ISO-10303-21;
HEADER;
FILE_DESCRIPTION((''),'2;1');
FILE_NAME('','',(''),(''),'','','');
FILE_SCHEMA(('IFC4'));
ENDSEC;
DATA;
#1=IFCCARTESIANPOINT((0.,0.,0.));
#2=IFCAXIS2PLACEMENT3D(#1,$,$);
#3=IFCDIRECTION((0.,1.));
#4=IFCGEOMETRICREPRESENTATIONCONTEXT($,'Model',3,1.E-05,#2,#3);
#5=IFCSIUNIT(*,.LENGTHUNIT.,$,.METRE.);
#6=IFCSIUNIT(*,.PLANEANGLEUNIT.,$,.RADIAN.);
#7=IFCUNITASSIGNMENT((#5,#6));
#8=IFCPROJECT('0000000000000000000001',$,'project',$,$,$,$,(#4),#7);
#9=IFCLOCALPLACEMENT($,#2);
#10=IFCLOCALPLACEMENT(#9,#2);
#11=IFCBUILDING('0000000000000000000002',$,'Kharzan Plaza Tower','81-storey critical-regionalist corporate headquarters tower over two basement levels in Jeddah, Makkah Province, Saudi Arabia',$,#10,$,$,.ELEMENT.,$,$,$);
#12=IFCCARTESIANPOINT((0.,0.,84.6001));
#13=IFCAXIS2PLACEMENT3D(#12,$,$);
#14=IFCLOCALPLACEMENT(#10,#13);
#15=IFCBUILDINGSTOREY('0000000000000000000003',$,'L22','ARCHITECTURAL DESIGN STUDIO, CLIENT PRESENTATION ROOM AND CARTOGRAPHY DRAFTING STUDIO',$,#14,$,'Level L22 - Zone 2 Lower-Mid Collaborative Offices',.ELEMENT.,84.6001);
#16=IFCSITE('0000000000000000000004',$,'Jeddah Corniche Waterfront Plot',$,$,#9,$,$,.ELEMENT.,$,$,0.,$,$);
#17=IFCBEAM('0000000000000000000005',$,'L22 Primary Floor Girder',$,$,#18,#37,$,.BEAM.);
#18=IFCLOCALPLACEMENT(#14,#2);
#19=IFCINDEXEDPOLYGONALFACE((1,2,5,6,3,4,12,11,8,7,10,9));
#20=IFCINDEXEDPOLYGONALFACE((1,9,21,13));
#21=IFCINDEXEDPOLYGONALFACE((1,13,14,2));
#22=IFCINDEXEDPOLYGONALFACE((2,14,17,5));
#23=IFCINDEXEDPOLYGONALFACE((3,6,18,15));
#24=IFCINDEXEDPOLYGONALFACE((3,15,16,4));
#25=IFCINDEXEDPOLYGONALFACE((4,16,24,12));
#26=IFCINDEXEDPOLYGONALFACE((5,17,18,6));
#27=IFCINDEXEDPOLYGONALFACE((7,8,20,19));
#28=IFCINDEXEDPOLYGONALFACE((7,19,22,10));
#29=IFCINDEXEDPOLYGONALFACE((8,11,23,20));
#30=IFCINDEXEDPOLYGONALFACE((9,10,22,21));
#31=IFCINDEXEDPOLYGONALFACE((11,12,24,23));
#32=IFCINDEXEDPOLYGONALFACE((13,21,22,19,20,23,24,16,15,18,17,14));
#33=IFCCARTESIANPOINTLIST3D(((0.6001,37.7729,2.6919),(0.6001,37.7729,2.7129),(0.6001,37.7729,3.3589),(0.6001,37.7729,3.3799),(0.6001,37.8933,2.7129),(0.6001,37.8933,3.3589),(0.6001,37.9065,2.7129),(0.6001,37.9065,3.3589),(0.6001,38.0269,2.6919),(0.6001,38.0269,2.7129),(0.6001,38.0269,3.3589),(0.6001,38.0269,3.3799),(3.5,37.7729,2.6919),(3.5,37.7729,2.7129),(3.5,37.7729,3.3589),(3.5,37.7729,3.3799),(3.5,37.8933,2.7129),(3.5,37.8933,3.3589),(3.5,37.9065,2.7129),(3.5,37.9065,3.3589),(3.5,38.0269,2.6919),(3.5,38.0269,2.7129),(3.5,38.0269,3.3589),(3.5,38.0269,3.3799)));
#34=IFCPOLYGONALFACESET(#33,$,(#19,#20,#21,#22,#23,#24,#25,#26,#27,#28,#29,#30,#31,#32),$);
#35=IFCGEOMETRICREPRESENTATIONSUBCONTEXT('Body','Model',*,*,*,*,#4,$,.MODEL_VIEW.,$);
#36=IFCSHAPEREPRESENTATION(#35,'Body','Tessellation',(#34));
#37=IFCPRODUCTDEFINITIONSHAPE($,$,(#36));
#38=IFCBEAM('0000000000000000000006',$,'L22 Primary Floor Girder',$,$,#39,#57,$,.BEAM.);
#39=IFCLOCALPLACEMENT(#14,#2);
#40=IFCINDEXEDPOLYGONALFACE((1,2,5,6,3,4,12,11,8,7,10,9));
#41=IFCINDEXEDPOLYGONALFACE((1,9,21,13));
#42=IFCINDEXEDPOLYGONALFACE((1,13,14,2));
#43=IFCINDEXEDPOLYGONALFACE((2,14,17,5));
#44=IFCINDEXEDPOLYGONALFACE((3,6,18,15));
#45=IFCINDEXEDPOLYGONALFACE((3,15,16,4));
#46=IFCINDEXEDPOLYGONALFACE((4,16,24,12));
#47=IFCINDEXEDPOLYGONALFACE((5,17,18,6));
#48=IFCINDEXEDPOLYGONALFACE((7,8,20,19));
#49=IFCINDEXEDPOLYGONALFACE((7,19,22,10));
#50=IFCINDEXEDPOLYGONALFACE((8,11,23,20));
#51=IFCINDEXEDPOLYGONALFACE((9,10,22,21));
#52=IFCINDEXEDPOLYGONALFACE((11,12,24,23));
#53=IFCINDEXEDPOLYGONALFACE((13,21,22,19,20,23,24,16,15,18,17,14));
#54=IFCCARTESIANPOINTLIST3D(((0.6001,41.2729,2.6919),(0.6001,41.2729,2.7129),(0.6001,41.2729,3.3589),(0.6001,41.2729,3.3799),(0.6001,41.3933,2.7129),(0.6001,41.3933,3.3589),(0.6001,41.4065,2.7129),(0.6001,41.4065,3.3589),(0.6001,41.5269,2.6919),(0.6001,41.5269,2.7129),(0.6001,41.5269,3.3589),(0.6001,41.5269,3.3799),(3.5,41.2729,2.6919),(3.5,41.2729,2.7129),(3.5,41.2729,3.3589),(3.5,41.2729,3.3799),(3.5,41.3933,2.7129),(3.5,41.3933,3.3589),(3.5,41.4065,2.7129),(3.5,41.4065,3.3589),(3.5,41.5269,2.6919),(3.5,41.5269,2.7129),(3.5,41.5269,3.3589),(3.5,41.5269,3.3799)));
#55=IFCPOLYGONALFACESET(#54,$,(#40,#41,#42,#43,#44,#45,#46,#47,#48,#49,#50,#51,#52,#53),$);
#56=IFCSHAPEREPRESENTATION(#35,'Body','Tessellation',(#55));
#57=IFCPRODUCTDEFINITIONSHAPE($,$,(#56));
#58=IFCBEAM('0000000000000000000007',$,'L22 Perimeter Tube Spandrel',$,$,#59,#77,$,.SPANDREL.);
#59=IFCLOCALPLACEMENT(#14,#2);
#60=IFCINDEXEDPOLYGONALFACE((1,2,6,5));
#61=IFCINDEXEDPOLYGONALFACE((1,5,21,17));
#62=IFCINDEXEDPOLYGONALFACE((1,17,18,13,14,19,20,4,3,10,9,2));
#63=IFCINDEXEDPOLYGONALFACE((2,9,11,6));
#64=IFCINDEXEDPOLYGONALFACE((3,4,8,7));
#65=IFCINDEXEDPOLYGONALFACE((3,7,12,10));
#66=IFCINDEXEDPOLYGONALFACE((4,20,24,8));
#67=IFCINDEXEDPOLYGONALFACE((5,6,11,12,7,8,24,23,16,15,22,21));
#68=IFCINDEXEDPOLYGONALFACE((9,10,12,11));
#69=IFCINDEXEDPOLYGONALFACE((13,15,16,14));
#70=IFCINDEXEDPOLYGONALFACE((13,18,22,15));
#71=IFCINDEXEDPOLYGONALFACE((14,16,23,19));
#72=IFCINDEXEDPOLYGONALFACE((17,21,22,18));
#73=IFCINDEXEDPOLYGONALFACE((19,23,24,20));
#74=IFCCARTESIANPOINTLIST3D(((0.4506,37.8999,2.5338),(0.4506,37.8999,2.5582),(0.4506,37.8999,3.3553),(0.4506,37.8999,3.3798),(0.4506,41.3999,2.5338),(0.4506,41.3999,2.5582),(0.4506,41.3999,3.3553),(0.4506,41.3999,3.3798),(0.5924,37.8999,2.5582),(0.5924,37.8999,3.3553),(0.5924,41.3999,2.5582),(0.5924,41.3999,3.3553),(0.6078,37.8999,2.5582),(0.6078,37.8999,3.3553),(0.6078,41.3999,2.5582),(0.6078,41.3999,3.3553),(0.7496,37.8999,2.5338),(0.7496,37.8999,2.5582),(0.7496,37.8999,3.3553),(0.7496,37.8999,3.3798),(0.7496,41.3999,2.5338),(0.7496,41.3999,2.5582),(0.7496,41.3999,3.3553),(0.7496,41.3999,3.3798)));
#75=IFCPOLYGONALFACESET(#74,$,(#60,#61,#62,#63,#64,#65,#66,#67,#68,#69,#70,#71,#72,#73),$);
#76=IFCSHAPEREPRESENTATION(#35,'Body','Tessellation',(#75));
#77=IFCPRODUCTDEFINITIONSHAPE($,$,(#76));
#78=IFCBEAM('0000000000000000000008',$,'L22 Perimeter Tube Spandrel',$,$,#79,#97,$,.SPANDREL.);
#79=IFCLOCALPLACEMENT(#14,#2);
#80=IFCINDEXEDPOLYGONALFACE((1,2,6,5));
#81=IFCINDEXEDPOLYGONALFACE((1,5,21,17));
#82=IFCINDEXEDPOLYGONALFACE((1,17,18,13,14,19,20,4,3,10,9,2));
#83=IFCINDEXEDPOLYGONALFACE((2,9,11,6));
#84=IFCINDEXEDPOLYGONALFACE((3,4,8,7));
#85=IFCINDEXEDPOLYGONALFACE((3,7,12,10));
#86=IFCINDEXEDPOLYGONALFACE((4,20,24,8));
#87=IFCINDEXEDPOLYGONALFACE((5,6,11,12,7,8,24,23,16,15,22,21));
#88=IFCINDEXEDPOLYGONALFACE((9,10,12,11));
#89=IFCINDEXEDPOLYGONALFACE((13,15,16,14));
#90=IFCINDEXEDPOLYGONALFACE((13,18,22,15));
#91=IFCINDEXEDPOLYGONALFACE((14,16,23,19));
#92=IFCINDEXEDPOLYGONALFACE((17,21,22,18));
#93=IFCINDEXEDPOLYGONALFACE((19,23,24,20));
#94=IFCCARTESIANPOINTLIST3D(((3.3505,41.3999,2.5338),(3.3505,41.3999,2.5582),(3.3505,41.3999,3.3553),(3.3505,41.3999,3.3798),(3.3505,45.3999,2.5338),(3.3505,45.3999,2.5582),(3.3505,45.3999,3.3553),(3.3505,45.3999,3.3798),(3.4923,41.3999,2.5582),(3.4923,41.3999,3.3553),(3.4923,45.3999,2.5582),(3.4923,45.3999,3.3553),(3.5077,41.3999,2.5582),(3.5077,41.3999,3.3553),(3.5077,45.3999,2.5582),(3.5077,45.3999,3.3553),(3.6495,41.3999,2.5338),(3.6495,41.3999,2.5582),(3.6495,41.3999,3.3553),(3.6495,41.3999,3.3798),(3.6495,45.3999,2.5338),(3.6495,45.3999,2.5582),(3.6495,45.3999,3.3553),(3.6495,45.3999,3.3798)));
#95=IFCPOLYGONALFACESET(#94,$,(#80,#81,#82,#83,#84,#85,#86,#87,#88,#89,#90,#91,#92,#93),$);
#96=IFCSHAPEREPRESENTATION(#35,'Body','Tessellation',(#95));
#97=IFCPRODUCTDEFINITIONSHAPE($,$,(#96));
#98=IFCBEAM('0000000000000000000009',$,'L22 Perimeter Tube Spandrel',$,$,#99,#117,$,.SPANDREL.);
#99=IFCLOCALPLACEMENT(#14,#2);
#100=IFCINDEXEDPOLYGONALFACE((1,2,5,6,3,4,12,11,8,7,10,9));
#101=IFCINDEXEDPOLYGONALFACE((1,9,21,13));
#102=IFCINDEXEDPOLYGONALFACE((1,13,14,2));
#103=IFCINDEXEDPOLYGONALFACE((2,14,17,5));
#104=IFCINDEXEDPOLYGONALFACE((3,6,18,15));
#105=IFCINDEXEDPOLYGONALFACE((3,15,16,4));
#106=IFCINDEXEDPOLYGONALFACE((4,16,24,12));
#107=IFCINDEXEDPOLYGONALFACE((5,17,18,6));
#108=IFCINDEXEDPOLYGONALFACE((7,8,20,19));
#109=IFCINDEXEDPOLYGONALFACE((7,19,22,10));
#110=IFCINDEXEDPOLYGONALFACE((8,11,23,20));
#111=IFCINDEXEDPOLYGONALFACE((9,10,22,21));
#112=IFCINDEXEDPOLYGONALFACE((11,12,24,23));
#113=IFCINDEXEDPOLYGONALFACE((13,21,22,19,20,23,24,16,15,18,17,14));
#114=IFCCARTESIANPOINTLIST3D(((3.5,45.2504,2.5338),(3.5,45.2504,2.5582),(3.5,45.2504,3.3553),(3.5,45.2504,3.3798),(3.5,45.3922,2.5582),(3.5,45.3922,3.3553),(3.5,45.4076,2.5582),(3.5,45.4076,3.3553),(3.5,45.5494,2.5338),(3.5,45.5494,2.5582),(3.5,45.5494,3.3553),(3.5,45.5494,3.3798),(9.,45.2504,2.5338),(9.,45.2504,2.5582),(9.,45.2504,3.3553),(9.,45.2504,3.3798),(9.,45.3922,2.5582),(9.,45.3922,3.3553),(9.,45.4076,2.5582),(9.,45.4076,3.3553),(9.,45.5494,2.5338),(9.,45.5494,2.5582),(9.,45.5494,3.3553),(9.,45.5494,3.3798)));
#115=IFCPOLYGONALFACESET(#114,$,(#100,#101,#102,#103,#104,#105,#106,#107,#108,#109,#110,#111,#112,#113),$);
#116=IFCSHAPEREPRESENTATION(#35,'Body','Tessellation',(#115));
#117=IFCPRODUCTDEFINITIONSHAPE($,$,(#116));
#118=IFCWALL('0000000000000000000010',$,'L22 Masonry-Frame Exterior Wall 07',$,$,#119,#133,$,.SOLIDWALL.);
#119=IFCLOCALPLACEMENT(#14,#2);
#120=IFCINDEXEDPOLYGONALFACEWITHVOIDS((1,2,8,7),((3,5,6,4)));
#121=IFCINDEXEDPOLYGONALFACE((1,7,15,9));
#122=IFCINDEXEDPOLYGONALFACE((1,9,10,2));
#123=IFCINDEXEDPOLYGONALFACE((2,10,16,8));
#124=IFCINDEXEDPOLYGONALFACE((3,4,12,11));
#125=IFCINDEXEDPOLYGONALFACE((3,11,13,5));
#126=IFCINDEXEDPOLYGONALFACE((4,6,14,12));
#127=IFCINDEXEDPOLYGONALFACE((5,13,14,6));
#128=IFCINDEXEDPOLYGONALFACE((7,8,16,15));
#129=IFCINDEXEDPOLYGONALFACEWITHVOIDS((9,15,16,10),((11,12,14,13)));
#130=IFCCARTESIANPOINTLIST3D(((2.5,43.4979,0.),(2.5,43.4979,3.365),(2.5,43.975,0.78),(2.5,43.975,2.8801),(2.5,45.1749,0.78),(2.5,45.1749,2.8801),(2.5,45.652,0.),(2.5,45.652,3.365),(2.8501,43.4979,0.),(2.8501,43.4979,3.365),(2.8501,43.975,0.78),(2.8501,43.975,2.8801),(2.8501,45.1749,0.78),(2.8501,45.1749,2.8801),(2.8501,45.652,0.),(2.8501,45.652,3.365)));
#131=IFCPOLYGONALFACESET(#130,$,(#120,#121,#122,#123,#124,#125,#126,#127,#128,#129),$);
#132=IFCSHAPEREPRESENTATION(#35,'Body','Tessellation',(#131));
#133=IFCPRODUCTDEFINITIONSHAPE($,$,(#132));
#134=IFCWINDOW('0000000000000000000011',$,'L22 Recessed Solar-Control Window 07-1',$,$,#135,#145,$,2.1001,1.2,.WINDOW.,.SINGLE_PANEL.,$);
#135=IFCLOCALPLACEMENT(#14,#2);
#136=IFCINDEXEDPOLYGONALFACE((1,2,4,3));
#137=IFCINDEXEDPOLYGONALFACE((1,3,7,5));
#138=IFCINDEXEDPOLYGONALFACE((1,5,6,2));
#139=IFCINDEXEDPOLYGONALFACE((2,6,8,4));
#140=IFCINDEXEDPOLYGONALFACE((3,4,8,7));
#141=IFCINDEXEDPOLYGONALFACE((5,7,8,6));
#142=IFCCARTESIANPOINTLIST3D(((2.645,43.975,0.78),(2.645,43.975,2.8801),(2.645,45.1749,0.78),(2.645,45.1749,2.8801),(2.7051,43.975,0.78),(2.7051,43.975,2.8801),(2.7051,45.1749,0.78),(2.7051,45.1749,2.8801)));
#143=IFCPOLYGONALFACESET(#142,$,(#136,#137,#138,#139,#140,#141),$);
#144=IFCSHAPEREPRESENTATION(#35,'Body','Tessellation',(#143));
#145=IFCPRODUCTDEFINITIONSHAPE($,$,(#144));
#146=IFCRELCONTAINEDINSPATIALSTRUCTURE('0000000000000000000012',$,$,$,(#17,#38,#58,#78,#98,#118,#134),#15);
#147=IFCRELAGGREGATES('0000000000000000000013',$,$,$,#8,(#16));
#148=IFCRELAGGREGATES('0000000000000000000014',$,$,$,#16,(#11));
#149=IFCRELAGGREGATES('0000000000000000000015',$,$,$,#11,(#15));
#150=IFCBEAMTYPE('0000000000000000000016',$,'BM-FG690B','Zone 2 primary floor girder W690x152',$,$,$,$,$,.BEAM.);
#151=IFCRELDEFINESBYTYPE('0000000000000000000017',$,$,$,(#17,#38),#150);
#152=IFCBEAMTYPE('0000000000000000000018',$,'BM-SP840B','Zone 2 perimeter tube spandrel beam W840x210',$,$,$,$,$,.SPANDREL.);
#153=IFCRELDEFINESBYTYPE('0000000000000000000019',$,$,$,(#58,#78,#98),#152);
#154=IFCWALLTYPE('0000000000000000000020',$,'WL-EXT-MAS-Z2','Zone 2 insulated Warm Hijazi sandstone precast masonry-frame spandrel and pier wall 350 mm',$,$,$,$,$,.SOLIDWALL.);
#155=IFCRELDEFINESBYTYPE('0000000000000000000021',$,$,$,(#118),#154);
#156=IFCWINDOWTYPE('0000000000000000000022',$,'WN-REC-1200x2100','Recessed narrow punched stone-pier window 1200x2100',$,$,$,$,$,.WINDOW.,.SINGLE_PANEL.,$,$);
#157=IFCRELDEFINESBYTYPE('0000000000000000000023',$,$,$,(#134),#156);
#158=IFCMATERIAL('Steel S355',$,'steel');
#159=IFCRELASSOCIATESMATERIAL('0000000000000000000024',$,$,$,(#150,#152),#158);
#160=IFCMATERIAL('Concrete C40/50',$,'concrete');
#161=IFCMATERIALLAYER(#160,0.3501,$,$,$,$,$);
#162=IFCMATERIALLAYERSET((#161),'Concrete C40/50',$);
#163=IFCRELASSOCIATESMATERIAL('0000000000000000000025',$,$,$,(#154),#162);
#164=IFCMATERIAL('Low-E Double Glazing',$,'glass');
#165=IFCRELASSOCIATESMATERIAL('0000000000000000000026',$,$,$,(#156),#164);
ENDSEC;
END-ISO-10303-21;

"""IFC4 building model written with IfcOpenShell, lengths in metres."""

from ifc_helpers import new_model, si_unit, direction, frame, frame_2d, origin, origin_2d, place, context, subcontext, project, spatial, rectangle, i_section, extrude, source, transform, mapped, material, layer, layer_set, material_profile, profile_set, type_object, element, fill, save


model = new_model("IFC4")

# Units and contexts
model_context = context("Model", 3, precision=1e-05, world=origin(), true_north=direction((0.0, 1.0)))
body_context = subcontext(model_context, "Body", "Model", "MODEL_VIEW")
ifc_project = project(units=[si_unit("LENGTHUNIT", "METRE"), si_unit("PLANEANGLEUNIT", "RADIAN")], contexts=[model_context])

# Site, building, storey
site_placement = place(None, origin())
site = spatial("IfcSite", under=ifc_project, at=site_placement, Name="Jeddah Corniche Waterfront Plot", CompositionType="ELEMENT", RefElevation=0.0)
building_placement = place(site_placement, origin())
building = spatial("IfcBuilding", under=site, at=building_placement, Name="Kharzan Plaza Tower", Description="81-storey critical-regionalist corporate headquarters tower over two basement levels in Jeddah, Makkah Province, Saudi Arabia", CompositionType="ELEMENT")
storey_placement = place(building_placement, frame((0.0, 0.0, 84.6001)))
storey = spatial("IfcBuildingStorey", under=building, at=storey_placement, Name="L22", Description="ARCHITECTURAL DESIGN STUDIO, CLIENT PRESENTATION ROOM AND CARTOGRAPHY DRAFTING STUDIO", LongName="Level L22 - Zone 2 Lower-Mid Collaborative Offices", CompositionType="ELEMENT", Elevation=84.6001)

# Beams
ifc_material_1 = material(Name="Steel S355", Category="steel")
ifc_material_profile_1 = material_profile(ifc_material_1, i_section(OverallWidth=0.2539, OverallDepth=0.688, WebThickness=0.0132, FlangeThickness=0.021, at=origin_2d()), Name="W690x152")
ifc_profile_set_1 = profile_set([ifc_material_profile_1], Name="Steel S355")
beam_type_1 = type_object("IfcBeamType", Name="BM-FG690B", Description="Zone 2 primary floor girder W690x152", PredefinedType="BEAM", material=ifc_profile_set_1)
shared_shape_1 = source(origin(), body_context, "Body", "SweptSolid", [
    extrude(i_section(OverallWidth=0.2539, OverallDepth=0.688, WebThickness=0.0132, FlangeThickness=0.021, at=origin_2d()), origin(), (0.0, 0.0, 1.0), 2.8999),
])
for number, where, z_axis, x_axis, name in (
    (1, (0.6001, 37.8999, 3.0359), (1.0, 0.0, 0.0), (0.0, 1.0, 0.0), "L22 Primary Floor Girder"),
    (2, (0.6001, 41.3999, 3.0359), (1.0, 0.0, 0.0), (0.0, 1.0, 0.0), "L22 Primary Floor Girder"),
):
    element("IfcBeam", number, at=place(storey_placement, frame(where, z_axis=z_axis, x_axis=x_axis)), inside=storey, type_object=beam_type_1, Name=name, PredefinedType="BEAM", context=body_context, shape_type="MappedRepresentation", body=[
        mapped(shared_shape_1, transform((0.0, 0.0, 0.0), x_axis=(1.0, 0.0, 0.0), y_axis=(0.0, 1.0, 0.0), z_axis=(0.0, 0.0, 1.0))),
    ])
ifc_material_profile_2 = material_profile(ifc_material_1, i_section(OverallWidth=0.2991, OverallDepth=0.8459, WebThickness=0.0154, FlangeThickness=0.0244, at=origin_2d()), Name="W840x210")
ifc_profile_set_2 = profile_set([ifc_material_profile_2], Name="Steel S355")
beam_type_2 = type_object("IfcBeamType", Name="BM-SP840B", Description="Zone 2 perimeter tube spandrel beam W840x210", PredefinedType="SPANDREL", material=ifc_profile_set_2)
shared_shape_2 = source(origin(), body_context, "Body", "SweptSolid", [
    extrude(i_section(OverallWidth=0.2991, OverallDepth=0.8459, WebThickness=0.0154, FlangeThickness=0.0244, at=origin_2d()), origin(), (0.0, 0.0, 1.0), 3.5),
])
beam_1_placement = place(storey_placement, frame((0.6001, 37.8999, 2.9568), z_axis=(0.0, 1.0, 0.0), x_axis=(-1.0, 0.0, 0.0)))
element("IfcBeam", 3, at=beam_1_placement, inside=storey, type_object=beam_type_2, Name="L22 Perimeter Tube Spandrel", PredefinedType="SPANDREL", context=body_context, shape_type="MappedRepresentation", body=[
    mapped(shared_shape_2, transform((0.0, 0.0, 0.0), x_axis=(1.0, 0.0, 0.0), y_axis=(0.0, 1.0, 0.0), z_axis=(0.0, 0.0, 1.0))),
])
shared_shape_3 = source(origin(), body_context, "Body", "SweptSolid", [
    extrude(i_section(OverallWidth=0.2991, OverallDepth=0.8459, WebThickness=0.0154, FlangeThickness=0.0244, at=origin_2d()), origin(), (0.0, 0.0, 1.0), 4.0),
])
beam_2_placement = place(storey_placement, frame((3.5, 41.3999, 2.9568), z_axis=(0.0, 1.0, 0.0), x_axis=(-1.0, 0.0, 0.0)))
element("IfcBeam", 4, at=beam_2_placement, inside=storey, type_object=beam_type_2, Name="L22 Perimeter Tube Spandrel", PredefinedType="SPANDREL", context=body_context, shape_type="MappedRepresentation", body=[
    mapped(shared_shape_3, transform((0.0, 0.0, 0.0), x_axis=(1.0, 0.0, 0.0), y_axis=(0.0, 1.0, 0.0), z_axis=(0.0, 0.0, 1.0))),
])
shared_shape_4 = source(origin(), body_context, "Body", "SweptSolid", [
    extrude(i_section(OverallWidth=0.2991, OverallDepth=0.8459, WebThickness=0.0154, FlangeThickness=0.0244, at=origin_2d()), origin(), (0.0, 0.0, 1.0), 5.5),
])
beam_3_placement = place(storey_placement, frame((3.5, 45.3999, 2.9568), z_axis=(1.0, 0.0, 0.0), x_axis=(0.0, 1.0, 0.0)))
element("IfcBeam", 5, at=beam_3_placement, inside=storey, type_object=beam_type_2, Name="L22 Perimeter Tube Spandrel", PredefinedType="SPANDREL", context=body_context, shape_type="MappedRepresentation", body=[
    mapped(shared_shape_4, transform((0.0, 0.0, 0.0), x_axis=(1.0, 0.0, 0.0), y_axis=(0.0, 1.0, 0.0), z_axis=(0.0, 0.0, 1.0))),
])

# Wall, opening, window
ifc_material_2 = material(Name="Concrete C40/50", Category="concrete")
ifc_layer_1 = layer(ifc_material_2, 0.3501)
ifc_layer_set_1 = layer_set([ifc_layer_1], Name="Concrete C40/50")
wall_type_1 = type_object("IfcWallType", Name="WL-EXT-MAS-Z2", Description="Zone 2 insulated Warm Hijazi sandstone precast masonry-frame spandrel and pier wall 350 mm", PredefinedType="SOLIDWALL", material=ifc_layer_set_1)
wall_1_placement = place(storey_placement, frame((2.675, 45.6521, 0.0), z_axis=(0.0, 0.0, 1.0), x_axis=(0.0, -1.0, 0.0)))
wall_1 = element("IfcWall", 6, at=wall_1_placement, inside=storey, type_object=wall_type_1, Name="L22 Masonry-Frame Exterior Wall 07", PredefinedType="SOLIDWALL", context=body_context, shape_type="SweptSolid", body=[
    extrude(rectangle(XDim=2.1541, YDim=0.3501, at=frame_2d((1.0771, 0.0))), origin(), (0.0, 0.0, 1.0), 3.365),
])
opening_1_placement = place(wall_1_placement, frame((0.4771, 0.0, 0.78)))
opening_1 = element("IfcOpeningElement", 7, at=opening_1_placement, cuts=wall_1, PredefinedType="OPENING", context=body_context, shape_type="SweptSolid", body=[
    extrude(rectangle(XDim=1.2, YDim=2.1001, at=frame_2d((0.6001, 1.05))), frame((0.0, 0.1851, 0.0), z_axis=(0.0, -1.0, 0.0), x_axis=(1.0, 0.0, 0.0)), (0.0, 0.0, 1.0), 0.3701),
])
ifc_material_3 = material(Name="Low-E Double Glazing", Category="glass")
window_type_1 = type_object("IfcWindowType", Name="WN-REC-1200x2100", Description="Recessed narrow punched stone-pier window 1200x2100", PartitioningType="SINGLE_PANEL", PredefinedType="WINDOW", material=ifc_material_3)
shared_shape_5 = source(origin(), body_context, "Body", "SweptSolid", [
    extrude(rectangle(XDim=1.2, YDim=2.1001, at=frame_2d((0.6001, 1.05))), frame((0.0, 0.03, 0.0), z_axis=(0.0, -1.0, 0.0), x_axis=(1.0, 0.0, 0.0)), (0.0, 0.0, 1.0), 0.0601),
])
window_1_placement = place(opening_1_placement, origin())
window_1 = element("IfcWindow", 8, at=window_1_placement, inside=storey, type_object=window_type_1, Name="L22 Recessed Solar-Control Window 07-1", OverallHeight=2.1001, OverallWidth=1.2, PartitioningType="SINGLE_PANEL", PredefinedType="WINDOW", context=body_context, shape_type="MappedRepresentation", body=[
    mapped(shared_shape_5, transform((0.0, 0.0, 0.0), x_axis=(1.0, 0.0, 0.0), y_axis=(0.0, 1.0, 0.0), z_axis=(0.0, 0.0, 1.0))),
])
fill(opening_1, window_1)

save(model, "model.ifc")
